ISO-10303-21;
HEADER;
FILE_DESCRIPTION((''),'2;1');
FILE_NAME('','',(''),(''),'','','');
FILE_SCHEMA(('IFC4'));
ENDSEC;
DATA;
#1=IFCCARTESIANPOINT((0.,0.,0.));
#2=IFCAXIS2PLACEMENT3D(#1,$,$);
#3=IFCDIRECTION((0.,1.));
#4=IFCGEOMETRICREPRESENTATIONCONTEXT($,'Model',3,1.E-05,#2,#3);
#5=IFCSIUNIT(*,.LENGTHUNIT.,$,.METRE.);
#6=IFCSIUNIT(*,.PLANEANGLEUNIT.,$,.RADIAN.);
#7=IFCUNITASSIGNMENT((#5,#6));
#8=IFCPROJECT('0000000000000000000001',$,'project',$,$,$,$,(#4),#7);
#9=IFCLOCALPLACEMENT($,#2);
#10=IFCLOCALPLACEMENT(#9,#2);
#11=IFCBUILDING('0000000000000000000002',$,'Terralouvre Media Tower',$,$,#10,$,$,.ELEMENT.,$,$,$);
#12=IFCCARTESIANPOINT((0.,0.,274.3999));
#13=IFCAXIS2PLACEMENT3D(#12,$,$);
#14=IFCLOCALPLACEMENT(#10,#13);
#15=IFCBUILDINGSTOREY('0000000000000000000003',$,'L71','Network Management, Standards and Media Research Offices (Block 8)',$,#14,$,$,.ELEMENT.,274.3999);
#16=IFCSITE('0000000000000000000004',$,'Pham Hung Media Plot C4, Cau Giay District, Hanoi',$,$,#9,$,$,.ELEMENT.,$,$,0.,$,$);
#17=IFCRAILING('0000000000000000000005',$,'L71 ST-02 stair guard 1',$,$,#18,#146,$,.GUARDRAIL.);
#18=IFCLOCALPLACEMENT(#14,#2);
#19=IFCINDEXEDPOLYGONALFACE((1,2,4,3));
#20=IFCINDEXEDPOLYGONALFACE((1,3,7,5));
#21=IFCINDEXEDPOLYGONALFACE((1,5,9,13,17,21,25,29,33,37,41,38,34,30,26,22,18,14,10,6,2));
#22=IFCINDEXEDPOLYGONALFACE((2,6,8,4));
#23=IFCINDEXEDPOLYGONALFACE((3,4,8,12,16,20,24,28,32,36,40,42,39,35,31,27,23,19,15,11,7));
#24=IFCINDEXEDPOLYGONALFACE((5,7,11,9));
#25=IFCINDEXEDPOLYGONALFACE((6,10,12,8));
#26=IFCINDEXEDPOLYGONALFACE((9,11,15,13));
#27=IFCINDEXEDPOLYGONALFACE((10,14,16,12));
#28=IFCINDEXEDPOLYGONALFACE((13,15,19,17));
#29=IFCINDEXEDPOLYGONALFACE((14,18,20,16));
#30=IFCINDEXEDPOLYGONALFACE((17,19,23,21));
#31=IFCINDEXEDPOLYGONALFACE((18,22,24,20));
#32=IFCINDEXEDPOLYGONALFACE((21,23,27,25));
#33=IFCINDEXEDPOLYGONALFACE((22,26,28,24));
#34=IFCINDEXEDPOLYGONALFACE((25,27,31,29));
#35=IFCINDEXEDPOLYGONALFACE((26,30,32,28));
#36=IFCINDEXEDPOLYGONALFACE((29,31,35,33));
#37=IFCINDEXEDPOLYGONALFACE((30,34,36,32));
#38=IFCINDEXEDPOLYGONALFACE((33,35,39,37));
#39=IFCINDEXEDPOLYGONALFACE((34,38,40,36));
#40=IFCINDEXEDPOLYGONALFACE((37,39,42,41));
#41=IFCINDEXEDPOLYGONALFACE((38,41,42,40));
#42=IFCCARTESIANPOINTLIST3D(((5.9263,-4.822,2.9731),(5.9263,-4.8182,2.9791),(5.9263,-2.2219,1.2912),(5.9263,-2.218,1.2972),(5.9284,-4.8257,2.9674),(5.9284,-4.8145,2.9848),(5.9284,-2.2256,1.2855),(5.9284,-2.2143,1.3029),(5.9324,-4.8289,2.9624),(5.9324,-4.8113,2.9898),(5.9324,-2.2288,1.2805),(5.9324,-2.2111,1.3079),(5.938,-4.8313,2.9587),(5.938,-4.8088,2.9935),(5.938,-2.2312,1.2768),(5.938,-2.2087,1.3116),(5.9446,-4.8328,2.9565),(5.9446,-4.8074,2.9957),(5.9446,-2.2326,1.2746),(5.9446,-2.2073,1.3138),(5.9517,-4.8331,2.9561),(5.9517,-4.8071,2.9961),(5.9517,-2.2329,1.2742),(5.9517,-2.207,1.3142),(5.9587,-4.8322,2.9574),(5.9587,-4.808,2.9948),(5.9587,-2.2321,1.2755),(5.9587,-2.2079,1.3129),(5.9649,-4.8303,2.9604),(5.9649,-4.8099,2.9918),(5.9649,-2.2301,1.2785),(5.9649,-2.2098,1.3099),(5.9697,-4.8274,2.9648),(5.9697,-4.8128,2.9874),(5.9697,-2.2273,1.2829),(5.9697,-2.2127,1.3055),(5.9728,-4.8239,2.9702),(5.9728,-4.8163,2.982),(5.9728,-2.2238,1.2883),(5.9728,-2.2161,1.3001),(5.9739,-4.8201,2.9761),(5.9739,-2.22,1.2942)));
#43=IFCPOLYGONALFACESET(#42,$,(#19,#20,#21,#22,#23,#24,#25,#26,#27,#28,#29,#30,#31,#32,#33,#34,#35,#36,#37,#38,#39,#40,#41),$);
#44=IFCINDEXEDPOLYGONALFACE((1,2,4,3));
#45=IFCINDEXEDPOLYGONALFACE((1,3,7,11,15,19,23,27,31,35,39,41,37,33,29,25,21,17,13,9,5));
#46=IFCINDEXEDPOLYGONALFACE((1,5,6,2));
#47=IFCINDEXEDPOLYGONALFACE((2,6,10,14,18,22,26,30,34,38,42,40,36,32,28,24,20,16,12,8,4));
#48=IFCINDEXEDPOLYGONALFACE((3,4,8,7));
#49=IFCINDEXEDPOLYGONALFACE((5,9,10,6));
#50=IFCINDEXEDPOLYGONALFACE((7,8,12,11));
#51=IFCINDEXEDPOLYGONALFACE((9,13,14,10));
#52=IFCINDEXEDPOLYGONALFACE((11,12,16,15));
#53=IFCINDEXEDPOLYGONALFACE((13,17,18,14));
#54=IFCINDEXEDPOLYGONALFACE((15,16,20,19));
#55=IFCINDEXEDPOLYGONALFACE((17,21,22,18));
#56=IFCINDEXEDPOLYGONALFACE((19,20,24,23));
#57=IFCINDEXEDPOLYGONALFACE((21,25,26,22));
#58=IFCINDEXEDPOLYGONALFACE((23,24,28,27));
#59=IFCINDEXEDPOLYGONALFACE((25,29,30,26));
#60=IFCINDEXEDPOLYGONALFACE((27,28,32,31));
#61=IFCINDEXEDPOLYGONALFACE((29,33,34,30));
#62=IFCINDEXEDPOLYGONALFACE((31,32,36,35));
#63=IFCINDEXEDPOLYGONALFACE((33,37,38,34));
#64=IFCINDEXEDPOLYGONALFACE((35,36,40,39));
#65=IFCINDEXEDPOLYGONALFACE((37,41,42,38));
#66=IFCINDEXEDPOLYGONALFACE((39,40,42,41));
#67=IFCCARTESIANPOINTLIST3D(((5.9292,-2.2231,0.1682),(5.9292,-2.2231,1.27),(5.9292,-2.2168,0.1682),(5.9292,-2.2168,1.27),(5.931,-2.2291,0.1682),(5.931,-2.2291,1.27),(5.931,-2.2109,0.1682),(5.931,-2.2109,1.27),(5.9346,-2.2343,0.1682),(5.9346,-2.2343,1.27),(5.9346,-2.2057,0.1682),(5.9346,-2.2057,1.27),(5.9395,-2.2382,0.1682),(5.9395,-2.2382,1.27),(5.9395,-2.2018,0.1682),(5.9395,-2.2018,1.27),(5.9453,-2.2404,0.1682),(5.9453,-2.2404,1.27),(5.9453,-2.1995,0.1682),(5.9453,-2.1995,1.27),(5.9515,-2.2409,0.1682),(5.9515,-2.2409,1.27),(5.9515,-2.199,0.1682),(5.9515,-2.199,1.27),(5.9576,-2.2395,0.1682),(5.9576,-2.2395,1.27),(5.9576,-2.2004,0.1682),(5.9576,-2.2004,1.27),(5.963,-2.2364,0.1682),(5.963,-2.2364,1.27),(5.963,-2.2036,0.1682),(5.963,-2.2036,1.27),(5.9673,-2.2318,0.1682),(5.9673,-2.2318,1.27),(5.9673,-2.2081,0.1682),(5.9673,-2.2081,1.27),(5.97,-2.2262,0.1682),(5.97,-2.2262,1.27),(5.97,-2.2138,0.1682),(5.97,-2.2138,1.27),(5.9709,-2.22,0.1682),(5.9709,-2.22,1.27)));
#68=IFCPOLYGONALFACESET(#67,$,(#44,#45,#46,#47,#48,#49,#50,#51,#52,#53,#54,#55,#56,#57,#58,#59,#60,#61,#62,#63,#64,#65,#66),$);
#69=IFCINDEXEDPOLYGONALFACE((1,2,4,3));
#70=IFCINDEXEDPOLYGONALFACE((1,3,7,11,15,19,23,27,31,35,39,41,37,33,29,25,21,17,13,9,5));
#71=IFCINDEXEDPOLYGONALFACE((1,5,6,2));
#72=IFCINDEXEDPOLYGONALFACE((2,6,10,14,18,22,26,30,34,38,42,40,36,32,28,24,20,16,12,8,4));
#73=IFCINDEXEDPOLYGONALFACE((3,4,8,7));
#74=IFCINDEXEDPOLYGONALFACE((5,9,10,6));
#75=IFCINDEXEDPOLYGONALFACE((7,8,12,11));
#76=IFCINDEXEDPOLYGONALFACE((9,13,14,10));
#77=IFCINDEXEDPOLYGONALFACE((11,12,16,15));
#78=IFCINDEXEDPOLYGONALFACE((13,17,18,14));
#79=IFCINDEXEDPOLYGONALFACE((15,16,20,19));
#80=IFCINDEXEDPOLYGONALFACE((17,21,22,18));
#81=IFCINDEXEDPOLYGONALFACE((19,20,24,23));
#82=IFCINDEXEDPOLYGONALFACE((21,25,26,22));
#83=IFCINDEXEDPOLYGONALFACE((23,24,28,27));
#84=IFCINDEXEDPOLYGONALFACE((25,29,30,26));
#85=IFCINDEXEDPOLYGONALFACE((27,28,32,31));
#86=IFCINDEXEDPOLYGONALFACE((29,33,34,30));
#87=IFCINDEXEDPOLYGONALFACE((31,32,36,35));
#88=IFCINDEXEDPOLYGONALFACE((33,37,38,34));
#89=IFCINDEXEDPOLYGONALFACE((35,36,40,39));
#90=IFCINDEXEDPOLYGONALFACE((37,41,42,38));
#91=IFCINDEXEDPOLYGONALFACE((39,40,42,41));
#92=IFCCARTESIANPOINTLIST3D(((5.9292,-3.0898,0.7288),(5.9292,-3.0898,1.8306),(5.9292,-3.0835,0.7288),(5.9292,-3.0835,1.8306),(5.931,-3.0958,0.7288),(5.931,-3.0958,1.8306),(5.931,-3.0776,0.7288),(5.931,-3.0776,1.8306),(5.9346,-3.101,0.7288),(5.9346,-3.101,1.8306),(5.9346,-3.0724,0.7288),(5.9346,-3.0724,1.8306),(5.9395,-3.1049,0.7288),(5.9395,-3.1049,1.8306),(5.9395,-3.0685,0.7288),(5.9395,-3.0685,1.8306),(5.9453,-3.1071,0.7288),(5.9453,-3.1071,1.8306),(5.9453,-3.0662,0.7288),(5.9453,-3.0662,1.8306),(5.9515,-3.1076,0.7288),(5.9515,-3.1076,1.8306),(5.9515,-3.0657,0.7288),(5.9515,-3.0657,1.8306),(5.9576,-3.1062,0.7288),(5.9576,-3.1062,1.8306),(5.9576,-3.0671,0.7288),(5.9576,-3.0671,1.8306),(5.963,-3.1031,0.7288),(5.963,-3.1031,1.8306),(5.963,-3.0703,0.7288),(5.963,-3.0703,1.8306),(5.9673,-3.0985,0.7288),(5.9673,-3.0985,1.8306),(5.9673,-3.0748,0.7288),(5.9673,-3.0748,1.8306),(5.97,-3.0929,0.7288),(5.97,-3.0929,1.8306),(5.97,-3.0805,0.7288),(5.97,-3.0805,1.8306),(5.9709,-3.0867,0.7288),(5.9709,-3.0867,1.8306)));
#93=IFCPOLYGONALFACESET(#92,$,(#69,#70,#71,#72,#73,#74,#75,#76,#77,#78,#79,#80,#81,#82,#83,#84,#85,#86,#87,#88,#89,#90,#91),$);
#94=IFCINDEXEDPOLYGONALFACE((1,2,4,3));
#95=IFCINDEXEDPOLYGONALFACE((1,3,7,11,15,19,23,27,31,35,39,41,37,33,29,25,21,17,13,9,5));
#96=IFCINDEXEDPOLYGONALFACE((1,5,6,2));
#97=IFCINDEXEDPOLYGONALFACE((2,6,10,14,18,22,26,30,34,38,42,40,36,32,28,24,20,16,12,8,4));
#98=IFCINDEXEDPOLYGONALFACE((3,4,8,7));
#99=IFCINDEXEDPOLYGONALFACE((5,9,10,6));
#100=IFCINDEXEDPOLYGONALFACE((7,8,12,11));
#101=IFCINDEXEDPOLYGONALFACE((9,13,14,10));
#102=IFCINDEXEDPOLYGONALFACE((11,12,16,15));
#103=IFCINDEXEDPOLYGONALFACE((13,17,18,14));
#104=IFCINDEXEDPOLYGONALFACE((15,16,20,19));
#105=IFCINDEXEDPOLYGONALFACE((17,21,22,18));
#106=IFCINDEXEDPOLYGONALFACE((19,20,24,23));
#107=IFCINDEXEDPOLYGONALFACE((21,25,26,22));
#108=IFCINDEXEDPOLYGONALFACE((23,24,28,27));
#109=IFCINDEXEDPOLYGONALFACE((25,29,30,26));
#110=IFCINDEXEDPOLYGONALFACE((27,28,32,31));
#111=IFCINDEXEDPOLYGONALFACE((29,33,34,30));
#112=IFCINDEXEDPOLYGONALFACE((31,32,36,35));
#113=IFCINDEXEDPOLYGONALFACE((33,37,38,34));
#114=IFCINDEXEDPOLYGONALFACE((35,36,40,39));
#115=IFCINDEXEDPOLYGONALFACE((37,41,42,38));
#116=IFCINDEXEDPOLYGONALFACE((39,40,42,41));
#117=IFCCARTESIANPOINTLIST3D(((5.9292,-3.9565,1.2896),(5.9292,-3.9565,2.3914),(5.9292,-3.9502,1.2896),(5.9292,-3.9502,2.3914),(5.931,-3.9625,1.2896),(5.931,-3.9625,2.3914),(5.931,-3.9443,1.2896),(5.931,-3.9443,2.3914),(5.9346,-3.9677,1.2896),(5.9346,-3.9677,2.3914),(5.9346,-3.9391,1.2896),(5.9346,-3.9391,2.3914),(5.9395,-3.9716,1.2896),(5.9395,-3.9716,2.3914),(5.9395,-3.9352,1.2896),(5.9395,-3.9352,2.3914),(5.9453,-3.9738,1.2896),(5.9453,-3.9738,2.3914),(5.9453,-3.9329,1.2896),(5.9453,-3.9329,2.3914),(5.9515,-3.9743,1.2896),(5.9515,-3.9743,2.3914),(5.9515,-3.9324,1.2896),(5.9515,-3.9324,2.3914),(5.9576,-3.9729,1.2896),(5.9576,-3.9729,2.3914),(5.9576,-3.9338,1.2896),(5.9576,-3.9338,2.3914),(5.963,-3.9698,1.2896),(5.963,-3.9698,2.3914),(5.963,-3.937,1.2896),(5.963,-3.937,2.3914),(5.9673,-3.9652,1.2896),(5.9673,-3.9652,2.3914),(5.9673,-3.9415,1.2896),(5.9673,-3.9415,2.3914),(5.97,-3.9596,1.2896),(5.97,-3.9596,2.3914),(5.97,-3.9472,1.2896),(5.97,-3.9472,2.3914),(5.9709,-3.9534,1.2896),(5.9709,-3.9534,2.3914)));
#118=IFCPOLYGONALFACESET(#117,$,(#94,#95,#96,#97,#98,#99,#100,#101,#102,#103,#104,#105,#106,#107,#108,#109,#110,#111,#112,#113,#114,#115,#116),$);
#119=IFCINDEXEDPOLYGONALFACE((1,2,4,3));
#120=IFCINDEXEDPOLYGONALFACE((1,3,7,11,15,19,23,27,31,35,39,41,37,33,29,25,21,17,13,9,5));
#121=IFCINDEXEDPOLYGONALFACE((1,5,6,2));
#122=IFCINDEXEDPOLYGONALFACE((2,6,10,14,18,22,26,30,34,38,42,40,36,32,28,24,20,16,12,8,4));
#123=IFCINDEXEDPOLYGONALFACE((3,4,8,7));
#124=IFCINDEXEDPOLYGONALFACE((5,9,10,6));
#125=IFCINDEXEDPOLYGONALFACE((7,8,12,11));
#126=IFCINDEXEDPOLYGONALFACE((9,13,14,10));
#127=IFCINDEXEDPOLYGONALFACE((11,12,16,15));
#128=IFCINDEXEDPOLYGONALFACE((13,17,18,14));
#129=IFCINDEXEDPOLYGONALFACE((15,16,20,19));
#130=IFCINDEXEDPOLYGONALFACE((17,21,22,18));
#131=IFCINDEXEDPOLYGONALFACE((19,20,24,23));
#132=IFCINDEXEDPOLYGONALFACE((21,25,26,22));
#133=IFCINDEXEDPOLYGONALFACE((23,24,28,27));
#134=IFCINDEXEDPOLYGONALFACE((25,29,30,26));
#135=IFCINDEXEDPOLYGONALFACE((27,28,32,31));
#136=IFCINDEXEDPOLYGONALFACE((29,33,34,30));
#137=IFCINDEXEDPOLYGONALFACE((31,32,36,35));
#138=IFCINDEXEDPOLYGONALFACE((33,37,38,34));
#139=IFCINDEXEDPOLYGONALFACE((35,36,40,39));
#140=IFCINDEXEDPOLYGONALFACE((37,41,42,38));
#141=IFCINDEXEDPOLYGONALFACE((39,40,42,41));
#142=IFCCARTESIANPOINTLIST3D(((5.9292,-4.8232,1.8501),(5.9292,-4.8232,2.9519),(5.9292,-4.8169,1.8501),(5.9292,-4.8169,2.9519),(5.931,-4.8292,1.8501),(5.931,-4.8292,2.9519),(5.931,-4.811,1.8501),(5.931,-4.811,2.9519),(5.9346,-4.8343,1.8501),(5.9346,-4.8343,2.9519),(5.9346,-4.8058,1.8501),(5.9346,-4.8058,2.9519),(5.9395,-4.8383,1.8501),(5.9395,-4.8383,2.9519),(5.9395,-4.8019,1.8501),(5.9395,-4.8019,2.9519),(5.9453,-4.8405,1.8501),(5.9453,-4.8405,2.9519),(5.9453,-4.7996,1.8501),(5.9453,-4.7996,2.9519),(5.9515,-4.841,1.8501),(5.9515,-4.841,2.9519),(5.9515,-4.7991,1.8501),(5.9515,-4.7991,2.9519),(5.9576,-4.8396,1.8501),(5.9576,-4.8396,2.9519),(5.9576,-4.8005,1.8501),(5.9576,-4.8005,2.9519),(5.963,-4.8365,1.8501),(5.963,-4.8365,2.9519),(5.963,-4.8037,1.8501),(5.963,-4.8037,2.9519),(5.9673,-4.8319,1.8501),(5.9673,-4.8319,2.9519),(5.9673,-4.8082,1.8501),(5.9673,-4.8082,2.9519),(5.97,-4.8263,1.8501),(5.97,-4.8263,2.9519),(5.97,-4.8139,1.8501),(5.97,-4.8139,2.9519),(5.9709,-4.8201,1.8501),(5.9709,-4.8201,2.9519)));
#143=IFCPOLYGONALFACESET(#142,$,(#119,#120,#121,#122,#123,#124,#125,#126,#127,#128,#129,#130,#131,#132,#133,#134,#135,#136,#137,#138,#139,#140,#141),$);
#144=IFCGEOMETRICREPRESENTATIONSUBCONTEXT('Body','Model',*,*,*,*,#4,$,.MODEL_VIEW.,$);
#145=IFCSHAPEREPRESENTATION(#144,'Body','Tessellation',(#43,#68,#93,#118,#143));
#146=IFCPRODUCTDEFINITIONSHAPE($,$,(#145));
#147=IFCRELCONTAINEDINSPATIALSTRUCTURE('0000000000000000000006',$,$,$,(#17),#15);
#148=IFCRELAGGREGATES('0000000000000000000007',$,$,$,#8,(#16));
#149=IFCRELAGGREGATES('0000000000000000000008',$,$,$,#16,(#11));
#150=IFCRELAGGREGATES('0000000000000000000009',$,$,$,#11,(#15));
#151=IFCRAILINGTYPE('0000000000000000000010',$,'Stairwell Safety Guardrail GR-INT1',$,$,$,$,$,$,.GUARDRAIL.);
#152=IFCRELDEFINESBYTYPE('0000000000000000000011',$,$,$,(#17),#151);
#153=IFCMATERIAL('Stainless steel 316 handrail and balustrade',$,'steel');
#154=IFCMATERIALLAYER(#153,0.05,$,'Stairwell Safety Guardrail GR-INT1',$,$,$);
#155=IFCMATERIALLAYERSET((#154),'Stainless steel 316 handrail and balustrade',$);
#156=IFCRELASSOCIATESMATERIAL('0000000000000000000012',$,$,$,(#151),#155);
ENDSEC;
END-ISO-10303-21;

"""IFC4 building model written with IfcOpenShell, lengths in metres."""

from ifc_helpers import new_model, si_unit, direction, frame, origin, origin_2d, place, context, subcontext, project, spatial, circle, extrude, material, layer, layer_set, type_object, element, save


model = new_model("IFC4")

# Units and contexts
model_context = context("Model", 3, precision=1e-05, world=origin(), true_north=direction((0.0, 1.0)))
body_context = subcontext(model_context, "Body", "Model", "MODEL_VIEW")
ifc_project = project(units=[si_unit("LENGTHUNIT", "METRE"), si_unit("PLANEANGLEUNIT", "RADIAN")], contexts=[model_context])

# Site, building, storey
site_placement = place(None, origin())
site = spatial("IfcSite", under=ifc_project, at=site_placement, Name="Pham Hung Media Plot C4, Cau Giay District, Hanoi", CompositionType="ELEMENT", RefElevation=0.0)
building_placement = place(site_placement, origin())
building = spatial("IfcBuilding", under=site, at=building_placement, Name="Terralouvre Media Tower", CompositionType="ELEMENT")
storey_placement = place(building_placement, frame((0.0, 0.0, 274.3999)))
storey = spatial("IfcBuildingStorey", under=building, at=storey_placement, Name="L71", Description="Network Management, Standards and Media Research Offices (Block 8)", CompositionType="ELEMENT", Elevation=274.3999)

# Railing
ifc_material_1 = material(Name="Stainless steel 316 handrail and balustrade", Category="steel")
ifc_layer_1 = layer(ifc_material_1, 0.05, Name="Stairwell Safety Guardrail GR-INT1")
ifc_layer_set_1 = layer_set([ifc_layer_1], Name="Stainless steel 316 handrail and balustrade")
railing_type_1 = type_object("IfcRailingType", Name="Stairwell Safety Guardrail GR-INT1", PredefinedType="GUARDRAIL", material=ifc_layer_set_1)
railing_1_placement = place(storey_placement, frame((5.95, -2.22, 0.1682)))
element("IfcRailing", 1, at=railing_1_placement, inside=storey, type_object=railing_type_1, Name="L71 ST-02 stair guard 1", PredefinedType="GUARDRAIL", context=body_context, shape_type="SweptSolid", body=[
    extrude(circle(Radius=0.0239, at=origin_2d()), frame((0.0, 0.0, 1.126), z_axis=(0.0, -0.839648, 0.54313), x_axis=(1.0, 0.0, 0.0)), (0.0, 0.0, 1.0), 3.0967),
    extrude(circle(Radius=0.021, at=origin_2d()), origin(), (0.0, 0.0, 1.0), 1.1018),
    extrude(circle(Radius=0.021, at=origin_2d()), frame((0.0, -0.8667, 0.5605)), (0.0, 0.0, 1.0), 1.1018),
    extrude(circle(Radius=0.021, at=origin_2d()), frame((0.0, -1.7334, 1.1213)), (0.0, 0.0, 1.0), 1.1018),
    extrude(circle(Radius=0.021, at=origin_2d()), frame((0.0, -2.6001, 1.6819)), (0.0, 0.0, 1.0), 1.1018),
])

save(model, "model.ifc")
